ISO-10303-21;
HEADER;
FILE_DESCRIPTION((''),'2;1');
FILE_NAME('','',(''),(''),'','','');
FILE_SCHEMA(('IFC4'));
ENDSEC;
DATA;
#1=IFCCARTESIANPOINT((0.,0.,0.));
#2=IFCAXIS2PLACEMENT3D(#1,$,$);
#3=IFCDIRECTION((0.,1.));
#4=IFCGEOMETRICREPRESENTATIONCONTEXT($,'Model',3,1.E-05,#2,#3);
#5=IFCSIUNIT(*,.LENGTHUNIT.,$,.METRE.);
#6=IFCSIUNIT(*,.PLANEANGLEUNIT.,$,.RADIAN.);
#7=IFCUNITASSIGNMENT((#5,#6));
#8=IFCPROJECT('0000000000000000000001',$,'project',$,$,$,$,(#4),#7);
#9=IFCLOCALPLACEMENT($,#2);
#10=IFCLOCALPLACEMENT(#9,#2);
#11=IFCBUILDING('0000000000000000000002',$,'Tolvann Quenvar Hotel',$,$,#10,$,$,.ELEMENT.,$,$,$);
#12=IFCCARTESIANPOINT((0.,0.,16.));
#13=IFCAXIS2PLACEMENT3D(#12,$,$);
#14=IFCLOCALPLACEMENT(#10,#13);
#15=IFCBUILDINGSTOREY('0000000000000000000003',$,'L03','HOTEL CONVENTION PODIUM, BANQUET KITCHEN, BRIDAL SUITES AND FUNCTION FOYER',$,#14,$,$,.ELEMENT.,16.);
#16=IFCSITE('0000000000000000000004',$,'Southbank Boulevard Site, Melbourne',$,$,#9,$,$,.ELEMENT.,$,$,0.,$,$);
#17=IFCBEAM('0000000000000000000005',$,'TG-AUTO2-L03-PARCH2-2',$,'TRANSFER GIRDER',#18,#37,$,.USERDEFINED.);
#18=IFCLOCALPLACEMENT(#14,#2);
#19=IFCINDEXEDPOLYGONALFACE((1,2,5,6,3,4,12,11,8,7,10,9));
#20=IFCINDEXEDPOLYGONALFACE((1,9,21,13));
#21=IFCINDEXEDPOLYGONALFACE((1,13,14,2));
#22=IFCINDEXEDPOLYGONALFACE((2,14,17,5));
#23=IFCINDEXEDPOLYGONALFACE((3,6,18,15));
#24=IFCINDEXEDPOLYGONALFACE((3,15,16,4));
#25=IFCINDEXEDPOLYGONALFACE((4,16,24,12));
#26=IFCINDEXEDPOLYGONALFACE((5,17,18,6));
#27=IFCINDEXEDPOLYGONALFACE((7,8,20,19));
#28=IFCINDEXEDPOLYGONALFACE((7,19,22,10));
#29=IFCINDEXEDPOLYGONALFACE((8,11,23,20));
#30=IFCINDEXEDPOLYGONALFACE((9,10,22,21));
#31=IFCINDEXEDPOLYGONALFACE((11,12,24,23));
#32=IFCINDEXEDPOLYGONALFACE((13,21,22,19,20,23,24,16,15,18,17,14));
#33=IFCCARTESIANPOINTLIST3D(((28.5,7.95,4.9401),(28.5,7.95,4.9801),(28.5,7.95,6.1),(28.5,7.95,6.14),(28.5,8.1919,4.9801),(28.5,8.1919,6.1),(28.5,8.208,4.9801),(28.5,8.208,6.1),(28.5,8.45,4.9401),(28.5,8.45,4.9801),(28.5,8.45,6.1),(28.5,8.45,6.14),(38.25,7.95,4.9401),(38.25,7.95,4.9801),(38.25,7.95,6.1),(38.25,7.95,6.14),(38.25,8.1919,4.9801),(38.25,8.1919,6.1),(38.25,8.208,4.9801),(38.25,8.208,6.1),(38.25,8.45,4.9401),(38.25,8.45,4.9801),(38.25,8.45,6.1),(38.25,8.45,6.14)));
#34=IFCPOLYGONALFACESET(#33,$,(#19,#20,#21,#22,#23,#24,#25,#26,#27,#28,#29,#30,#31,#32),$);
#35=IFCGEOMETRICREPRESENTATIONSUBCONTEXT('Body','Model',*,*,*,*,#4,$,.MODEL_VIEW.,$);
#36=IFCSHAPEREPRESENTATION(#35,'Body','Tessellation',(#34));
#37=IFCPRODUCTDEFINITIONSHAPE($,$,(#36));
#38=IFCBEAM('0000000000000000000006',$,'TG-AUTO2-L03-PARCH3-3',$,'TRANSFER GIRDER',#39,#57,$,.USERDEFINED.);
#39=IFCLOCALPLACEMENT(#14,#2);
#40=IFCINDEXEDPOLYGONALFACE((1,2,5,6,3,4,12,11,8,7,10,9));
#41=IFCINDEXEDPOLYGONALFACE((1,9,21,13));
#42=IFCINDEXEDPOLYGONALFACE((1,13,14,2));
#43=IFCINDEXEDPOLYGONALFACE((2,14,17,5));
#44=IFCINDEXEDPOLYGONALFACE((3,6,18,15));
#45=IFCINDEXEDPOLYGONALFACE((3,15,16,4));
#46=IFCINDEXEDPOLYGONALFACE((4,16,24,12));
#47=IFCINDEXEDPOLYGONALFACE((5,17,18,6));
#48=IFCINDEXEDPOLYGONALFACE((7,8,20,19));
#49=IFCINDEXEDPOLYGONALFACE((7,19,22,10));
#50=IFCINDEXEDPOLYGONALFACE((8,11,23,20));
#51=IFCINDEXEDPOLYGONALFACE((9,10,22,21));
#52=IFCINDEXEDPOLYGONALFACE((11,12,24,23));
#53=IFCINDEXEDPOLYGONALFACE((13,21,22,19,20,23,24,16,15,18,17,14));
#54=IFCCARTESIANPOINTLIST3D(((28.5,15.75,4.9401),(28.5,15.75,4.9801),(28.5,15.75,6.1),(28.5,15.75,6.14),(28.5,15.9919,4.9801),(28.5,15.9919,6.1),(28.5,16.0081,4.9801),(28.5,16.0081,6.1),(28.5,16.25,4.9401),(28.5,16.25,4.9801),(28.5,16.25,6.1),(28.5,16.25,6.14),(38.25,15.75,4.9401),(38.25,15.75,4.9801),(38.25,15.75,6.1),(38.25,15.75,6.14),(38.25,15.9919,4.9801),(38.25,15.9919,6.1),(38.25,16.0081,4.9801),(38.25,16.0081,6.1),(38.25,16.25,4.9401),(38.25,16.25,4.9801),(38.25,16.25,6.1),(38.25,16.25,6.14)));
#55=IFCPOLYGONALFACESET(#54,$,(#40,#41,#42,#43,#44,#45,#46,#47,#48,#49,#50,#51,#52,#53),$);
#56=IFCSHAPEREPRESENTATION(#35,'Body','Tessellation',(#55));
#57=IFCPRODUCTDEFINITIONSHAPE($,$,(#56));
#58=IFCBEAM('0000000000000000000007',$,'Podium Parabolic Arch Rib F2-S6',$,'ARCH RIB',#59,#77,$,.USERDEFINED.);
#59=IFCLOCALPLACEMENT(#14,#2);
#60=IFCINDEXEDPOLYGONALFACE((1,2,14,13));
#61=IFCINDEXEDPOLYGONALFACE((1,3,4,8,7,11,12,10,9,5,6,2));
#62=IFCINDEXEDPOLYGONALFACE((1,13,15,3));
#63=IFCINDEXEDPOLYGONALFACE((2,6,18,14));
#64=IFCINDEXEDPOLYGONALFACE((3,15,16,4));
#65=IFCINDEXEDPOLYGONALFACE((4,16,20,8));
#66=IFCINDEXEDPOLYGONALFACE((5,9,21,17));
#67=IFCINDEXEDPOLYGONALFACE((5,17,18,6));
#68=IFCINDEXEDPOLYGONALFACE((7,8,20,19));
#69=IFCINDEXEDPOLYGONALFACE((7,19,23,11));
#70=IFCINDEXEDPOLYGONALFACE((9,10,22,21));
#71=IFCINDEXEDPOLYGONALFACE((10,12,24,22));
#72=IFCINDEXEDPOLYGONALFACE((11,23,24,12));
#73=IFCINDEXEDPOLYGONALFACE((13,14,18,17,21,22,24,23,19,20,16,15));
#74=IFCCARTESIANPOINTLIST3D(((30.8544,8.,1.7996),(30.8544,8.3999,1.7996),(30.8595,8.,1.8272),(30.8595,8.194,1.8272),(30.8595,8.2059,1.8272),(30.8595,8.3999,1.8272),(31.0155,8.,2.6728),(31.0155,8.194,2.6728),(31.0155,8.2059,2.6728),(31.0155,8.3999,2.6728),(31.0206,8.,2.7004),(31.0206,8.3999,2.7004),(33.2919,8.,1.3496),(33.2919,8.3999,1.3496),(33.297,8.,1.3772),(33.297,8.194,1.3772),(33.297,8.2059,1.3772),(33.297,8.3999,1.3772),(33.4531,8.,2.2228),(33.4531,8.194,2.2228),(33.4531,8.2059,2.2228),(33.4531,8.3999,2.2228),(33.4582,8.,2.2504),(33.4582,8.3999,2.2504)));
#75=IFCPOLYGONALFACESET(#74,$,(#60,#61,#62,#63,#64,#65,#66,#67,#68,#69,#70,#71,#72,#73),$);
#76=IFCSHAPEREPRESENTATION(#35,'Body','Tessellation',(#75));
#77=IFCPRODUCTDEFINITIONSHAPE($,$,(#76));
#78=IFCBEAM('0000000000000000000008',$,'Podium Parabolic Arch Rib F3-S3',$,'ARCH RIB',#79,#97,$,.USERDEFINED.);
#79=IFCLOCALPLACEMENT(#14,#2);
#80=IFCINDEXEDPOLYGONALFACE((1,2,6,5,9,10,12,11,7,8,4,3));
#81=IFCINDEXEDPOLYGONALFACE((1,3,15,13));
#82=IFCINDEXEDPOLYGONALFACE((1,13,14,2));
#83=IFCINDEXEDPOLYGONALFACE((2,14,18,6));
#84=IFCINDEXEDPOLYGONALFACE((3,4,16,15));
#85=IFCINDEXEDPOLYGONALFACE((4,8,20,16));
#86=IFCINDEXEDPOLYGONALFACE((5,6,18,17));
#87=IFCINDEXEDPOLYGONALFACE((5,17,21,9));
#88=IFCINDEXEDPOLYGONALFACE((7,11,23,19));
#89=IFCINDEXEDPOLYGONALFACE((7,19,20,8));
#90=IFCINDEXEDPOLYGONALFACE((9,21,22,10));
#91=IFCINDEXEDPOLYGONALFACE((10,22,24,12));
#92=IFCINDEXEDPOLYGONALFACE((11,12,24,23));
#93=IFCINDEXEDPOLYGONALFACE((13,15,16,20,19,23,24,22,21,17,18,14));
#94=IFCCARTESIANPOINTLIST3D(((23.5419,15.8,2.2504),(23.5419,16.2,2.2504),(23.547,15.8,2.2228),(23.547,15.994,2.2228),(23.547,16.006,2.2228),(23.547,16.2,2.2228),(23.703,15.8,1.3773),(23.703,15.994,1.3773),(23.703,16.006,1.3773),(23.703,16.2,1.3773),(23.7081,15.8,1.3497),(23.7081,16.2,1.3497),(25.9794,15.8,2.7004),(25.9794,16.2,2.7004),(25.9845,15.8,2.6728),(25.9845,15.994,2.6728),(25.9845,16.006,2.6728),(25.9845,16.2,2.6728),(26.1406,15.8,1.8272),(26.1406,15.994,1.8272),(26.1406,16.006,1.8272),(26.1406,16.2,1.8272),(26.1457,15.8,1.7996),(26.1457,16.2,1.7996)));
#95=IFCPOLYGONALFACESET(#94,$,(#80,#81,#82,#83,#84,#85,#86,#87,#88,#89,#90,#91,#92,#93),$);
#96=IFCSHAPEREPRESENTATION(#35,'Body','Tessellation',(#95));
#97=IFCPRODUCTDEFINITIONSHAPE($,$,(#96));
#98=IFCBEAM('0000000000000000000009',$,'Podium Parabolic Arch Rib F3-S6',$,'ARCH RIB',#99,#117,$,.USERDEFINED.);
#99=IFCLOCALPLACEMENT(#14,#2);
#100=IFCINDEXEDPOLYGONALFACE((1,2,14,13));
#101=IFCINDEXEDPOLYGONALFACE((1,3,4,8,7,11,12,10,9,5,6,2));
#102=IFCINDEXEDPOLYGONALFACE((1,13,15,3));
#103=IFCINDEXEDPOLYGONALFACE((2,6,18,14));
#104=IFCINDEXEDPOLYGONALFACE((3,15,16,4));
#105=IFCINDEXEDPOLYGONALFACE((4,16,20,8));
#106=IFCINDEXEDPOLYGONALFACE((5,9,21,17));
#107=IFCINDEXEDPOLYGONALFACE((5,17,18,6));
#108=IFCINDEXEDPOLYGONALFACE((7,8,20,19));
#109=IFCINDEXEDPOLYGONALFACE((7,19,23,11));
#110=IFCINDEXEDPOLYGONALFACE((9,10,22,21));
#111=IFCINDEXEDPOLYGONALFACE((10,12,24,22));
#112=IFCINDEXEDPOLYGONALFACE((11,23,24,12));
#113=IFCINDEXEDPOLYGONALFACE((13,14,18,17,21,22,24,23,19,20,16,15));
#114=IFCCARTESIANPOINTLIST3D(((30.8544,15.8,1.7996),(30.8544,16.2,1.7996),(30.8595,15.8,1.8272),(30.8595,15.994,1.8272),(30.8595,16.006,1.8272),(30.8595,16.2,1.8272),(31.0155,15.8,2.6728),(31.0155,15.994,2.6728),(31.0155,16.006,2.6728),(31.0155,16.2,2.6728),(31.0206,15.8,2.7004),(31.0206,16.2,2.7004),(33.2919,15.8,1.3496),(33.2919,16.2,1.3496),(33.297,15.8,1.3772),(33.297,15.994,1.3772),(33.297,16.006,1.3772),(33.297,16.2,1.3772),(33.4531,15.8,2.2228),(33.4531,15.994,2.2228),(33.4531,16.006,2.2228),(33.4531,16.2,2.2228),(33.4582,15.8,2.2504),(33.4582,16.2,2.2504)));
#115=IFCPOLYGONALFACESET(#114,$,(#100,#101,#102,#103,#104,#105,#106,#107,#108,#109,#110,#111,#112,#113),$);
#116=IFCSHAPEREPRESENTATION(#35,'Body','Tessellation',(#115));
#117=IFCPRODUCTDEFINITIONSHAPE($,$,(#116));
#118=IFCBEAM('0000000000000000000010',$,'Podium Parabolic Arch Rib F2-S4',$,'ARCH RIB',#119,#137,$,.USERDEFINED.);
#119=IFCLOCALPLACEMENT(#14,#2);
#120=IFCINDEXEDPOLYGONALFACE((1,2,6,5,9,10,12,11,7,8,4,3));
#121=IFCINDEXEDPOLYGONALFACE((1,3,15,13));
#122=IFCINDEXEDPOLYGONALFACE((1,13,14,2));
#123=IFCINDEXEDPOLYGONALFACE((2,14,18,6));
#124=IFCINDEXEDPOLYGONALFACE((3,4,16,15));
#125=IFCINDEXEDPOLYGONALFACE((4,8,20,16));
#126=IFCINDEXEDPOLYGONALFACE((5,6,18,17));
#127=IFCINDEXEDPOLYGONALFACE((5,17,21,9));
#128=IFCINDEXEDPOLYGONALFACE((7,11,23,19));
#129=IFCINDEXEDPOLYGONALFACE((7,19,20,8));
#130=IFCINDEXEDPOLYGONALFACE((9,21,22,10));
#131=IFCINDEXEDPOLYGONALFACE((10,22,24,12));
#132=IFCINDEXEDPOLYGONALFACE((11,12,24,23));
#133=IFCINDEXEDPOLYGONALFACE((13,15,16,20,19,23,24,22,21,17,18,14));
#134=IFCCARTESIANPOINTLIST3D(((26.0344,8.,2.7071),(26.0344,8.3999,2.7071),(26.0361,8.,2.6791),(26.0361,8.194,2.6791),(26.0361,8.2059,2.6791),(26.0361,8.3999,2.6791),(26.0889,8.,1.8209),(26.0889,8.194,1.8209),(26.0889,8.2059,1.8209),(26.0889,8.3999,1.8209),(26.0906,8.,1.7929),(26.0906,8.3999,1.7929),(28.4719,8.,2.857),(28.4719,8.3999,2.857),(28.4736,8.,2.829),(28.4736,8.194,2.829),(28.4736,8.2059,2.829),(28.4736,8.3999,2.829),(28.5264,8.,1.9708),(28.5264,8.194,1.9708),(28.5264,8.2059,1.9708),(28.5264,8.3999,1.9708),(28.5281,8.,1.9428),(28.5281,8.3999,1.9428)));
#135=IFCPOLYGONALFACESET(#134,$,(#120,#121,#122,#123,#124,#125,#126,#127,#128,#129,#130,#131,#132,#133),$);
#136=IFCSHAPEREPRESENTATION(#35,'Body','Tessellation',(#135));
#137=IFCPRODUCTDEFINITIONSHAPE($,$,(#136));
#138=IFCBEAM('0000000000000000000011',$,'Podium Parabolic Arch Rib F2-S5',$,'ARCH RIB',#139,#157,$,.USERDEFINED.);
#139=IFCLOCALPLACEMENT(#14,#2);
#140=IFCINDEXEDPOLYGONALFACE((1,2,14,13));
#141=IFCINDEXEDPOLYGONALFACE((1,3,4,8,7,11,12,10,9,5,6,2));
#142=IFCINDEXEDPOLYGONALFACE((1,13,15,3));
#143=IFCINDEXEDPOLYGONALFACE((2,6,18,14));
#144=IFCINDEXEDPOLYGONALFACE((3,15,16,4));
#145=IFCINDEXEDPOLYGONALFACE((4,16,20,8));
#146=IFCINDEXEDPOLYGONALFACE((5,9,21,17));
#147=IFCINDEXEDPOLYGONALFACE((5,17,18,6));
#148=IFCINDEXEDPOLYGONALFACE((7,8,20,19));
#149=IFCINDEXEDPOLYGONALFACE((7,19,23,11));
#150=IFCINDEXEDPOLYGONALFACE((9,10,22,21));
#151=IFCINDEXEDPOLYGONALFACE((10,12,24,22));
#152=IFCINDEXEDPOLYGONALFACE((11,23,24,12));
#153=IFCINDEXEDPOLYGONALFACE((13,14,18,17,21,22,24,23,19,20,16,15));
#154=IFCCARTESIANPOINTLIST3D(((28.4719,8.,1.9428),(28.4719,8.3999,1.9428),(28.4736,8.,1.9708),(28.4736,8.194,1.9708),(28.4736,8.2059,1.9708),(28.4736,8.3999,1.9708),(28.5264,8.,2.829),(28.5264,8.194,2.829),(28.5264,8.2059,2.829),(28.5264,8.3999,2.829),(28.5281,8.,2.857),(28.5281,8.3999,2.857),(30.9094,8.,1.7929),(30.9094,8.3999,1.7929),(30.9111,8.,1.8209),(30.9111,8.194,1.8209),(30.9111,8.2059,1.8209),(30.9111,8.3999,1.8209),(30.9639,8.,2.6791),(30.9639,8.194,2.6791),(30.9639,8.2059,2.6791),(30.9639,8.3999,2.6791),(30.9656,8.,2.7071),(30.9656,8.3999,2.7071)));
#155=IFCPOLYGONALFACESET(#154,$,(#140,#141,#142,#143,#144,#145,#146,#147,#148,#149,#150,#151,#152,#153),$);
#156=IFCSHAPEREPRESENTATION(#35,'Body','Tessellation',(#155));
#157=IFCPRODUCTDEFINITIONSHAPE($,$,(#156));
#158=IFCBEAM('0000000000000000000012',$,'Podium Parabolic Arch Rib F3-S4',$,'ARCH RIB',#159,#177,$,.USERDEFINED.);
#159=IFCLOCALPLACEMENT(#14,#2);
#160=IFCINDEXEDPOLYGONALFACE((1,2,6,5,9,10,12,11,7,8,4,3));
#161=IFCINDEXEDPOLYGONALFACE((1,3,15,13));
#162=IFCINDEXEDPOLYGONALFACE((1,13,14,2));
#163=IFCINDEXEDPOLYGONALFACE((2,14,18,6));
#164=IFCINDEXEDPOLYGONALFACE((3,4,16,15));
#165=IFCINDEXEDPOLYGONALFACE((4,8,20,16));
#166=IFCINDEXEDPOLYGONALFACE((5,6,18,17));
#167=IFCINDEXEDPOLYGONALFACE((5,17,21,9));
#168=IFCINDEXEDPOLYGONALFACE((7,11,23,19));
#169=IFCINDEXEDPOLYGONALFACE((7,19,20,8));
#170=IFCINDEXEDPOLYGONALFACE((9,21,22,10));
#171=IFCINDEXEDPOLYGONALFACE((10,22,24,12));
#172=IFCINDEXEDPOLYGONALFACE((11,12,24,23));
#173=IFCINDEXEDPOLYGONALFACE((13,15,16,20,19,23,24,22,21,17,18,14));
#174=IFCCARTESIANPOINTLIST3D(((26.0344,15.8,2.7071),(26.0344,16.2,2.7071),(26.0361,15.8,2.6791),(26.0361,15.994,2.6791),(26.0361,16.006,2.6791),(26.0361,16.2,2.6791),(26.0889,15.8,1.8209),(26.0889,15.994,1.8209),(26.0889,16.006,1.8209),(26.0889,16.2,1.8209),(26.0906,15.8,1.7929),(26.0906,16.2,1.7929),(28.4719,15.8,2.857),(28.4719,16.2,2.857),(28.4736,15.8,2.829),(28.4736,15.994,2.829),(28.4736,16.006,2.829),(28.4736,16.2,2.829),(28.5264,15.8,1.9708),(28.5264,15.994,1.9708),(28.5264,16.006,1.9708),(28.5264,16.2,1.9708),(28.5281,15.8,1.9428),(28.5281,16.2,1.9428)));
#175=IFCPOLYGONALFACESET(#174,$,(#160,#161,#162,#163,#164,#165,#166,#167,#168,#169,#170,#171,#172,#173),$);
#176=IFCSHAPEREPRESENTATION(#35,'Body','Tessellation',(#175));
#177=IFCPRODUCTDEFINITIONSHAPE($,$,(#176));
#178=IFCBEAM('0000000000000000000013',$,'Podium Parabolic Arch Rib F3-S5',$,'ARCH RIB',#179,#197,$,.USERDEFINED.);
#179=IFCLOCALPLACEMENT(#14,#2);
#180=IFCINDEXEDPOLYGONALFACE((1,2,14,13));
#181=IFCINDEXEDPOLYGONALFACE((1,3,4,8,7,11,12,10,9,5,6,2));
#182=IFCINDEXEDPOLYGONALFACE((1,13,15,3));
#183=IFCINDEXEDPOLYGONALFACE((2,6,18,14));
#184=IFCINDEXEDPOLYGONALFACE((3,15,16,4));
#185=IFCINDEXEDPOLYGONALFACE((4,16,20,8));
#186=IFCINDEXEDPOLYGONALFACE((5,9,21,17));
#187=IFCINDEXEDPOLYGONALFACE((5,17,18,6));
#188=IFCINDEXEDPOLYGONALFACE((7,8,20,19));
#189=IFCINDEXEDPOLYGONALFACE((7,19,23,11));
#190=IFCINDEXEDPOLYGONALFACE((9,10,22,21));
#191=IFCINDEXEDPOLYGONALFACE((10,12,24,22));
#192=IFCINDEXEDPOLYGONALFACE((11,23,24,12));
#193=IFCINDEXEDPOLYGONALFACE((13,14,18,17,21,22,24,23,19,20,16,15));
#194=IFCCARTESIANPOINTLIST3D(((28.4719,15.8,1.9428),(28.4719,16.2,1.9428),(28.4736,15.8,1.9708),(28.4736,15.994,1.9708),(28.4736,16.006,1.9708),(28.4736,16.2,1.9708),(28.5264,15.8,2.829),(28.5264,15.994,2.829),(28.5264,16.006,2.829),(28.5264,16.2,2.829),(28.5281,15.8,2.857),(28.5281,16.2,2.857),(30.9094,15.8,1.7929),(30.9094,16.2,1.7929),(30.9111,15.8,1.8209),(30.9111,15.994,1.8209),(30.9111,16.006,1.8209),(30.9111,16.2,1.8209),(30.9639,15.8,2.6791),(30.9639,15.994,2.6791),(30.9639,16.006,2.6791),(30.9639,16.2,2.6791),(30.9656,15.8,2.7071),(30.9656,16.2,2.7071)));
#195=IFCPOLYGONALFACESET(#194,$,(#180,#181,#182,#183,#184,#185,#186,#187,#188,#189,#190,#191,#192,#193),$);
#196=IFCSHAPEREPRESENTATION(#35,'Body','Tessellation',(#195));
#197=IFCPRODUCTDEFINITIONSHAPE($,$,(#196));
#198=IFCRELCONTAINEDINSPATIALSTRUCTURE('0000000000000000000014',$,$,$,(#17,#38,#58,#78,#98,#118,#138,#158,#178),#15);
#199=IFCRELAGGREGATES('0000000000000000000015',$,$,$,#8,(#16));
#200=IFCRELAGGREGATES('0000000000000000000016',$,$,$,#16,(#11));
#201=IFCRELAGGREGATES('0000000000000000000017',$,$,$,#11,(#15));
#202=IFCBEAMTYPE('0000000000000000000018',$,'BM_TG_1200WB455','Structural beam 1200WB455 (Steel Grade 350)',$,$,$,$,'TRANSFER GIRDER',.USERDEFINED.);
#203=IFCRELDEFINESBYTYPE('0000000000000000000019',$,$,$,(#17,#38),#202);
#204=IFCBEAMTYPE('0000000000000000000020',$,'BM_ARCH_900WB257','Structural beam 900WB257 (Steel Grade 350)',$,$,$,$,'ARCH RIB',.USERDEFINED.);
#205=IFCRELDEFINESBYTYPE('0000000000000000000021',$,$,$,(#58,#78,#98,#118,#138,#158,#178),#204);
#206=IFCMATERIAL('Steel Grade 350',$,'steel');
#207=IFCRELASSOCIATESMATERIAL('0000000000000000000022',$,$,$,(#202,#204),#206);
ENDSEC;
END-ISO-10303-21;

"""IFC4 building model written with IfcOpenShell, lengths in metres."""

from ifc_helpers import new_model, si_unit, direction, frame, origin, origin_2d, place, context, subcontext, project, spatial, i_section, extrude, source, transform, mapped, material, material_profile, profile_set, type_object, type_shapes, element, save


model = new_model("IFC4")

# Units and contexts
model_context = context("Model", 3, precision=1e-05, world=origin(), true_north=direction((0.0, 1.0)))
body_context = subcontext(model_context, "Body", "Model", "MODEL_VIEW")
ifc_project = project(units=[si_unit("LENGTHUNIT", "METRE"), si_unit("PLANEANGLEUNIT", "RADIAN")], contexts=[model_context])

# Site, building, storey
site_placement = place(None, origin())
site = spatial("IfcSite", under=ifc_project, at=site_placement, Name="Southbank Boulevard Site, Melbourne", CompositionType="ELEMENT", RefElevation=0.0)
building_placement = place(site_placement, origin())
building = spatial("IfcBuilding", under=site, at=building_placement, Name="Tolvann Quenvar Hotel", CompositionType="ELEMENT")
storey_placement = place(building_placement, frame((0.0, 0.0, 16.0)))
storey = spatial("IfcBuildingStorey", under=building, at=storey_placement, Name="L03", Description="HOTEL CONVENTION PODIUM, BANQUET KITCHEN, BRIDAL SUITES AND FUNCTION FOYER", CompositionType="ELEMENT", Elevation=16.0)

# Beams
ifc_material_1 = material(Name="Steel Grade 350", Category="steel")
ifc_material_profile_1 = material_profile(ifc_material_1, i_section(OverallWidth=0.5, OverallDepth=1.2, WebThickness=0.0161, FlangeThickness=0.04, at=origin_2d()), Name="1200WB455")
ifc_profile_set_1 = profile_set([ifc_material_profile_1], Name="Steel Grade 350")
beam_type_1 = type_object("IfcBeamType", Name="BM_TG_1200WB455", Description="Structural beam 1200WB455 (Steel Grade 350)", ElementType="TRANSFER GIRDER", PredefinedType="USERDEFINED", material=ifc_profile_set_1)
shared_shape_1 = source(origin(), body_context, "Body", "SweptSolid", [
    extrude(i_section(OverallWidth=0.5, OverallDepth=1.2, WebThickness=0.0161, FlangeThickness=0.04, at=origin_2d()), origin(), (0.0, 0.0, 1.0), 9.75),
])
type_shapes(beam_type_1, [shared_shape_1])
for number, where, z_axis, x_axis, name in (
    (1, (28.5, 8.2, 5.54), (1.0, 0.0, 0.0), (0.0, 1.0, 0.0), "TG-AUTO2-L03-PARCH2-2"),
    (2, (28.5, 16.0, 5.54), (1.0, 0.0, 0.0), (0.0, 1.0, 0.0), "TG-AUTO2-L03-PARCH3-3"),
):
    element("IfcBeam", number, at=place(storey_placement, frame(where, z_axis=z_axis, x_axis=x_axis)), inside=storey, type_object=beam_type_1, Name=name, ObjectType="TRANSFER GIRDER", PredefinedType="USERDEFINED", context=body_context, shape_type="MappedRepresentation", body=[
        mapped(shared_shape_1, transform((0.0, 0.0, 0.0), x_axis=(1.0, 0.0, 0.0), y_axis=(0.0, 1.0, 0.0), z_axis=(0.0, 0.0, 1.0), scale=1.0)),
    ])
ifc_material_profile_2 = material_profile(ifc_material_1, i_section(OverallWidth=0.3999, OverallDepth=0.916, WebThickness=0.012, FlangeThickness=0.0281, at=origin_2d()), Name="900WB257")
ifc_profile_set_2 = profile_set([ifc_material_profile_2], Name="Steel Grade 350")
beam_type_2 = type_object("IfcBeamType", Name="BM_ARCH_900WB257", Description="Structural beam 900WB257 (Steel Grade 350)", ElementType="ARCH RIB", PredefinedType="USERDEFINED", material=ifc_profile_set_2)
shared_shape_2 = source(origin(), body_context, "Body", "SweptSolid", [
    extrude(i_section(OverallWidth=0.3999, OverallDepth=0.916, WebThickness=0.012, FlangeThickness=0.0281, at=origin_2d()), origin(), (0.0, 0.0, 1.0), 2.4788),
])
for number, where, z_axis, x_axis, name in (
    (3, (30.9375, 8.2, 2.25), (0.983386, 0.0, -0.181528), (0.0, 1.0, 0.0), "Podium Parabolic Arch Rib F2-S6"),
    (4, (23.625, 16.0, 1.8), (0.983386, 0.0, 0.181528), (0.0, 1.0, 0.0), "Podium Parabolic Arch Rib F3-S3"),
    (5, (30.9375, 16.0, 2.25), (0.983386, 0.0, -0.181528), (0.0, 1.0, 0.0), "Podium Parabolic Arch Rib F3-S6"),
):
    element("IfcBeam", number, at=place(storey_placement, frame(where, z_axis=z_axis, x_axis=x_axis)), inside=storey, type_object=beam_type_2, Name=name, ObjectType="ARCH RIB", PredefinedType="USERDEFINED", context=body_context, shape_type="MappedRepresentation", body=[
        mapped(shared_shape_2, transform((0.0, 0.0, 0.0), x_axis=(1.0, 0.0, 0.0), y_axis=(0.0, 1.0, 0.0), z_axis=(0.0, 0.0, 1.0), scale=1.0)),
    ])
shared_shape_3 = source(origin(), body_context, "Body", "SweptSolid", [
    extrude(i_section(OverallWidth=0.3999, OverallDepth=0.916, WebThickness=0.012, FlangeThickness=0.0281, at=origin_2d()), origin(), (0.0, 0.0, 1.0), 2.4421),
])
type_shapes(beam_type_2, [shared_shape_2, shared_shape_3])
for number, where, z_axis, x_axis, name in (
    (6, (26.0625, 8.2, 2.25), (0.998114, 0.0, 0.061382), (0.0, 1.0, 0.0), "Podium Parabolic Arch Rib F2-S4"),
    (7, (28.5, 8.2, 2.3999), (0.998114, 0.0, -0.061382), (0.0, 1.0, 0.0), "Podium Parabolic Arch Rib F2-S5"),
    (8, (26.0625, 16.0, 2.25), (0.998114, 0.0, 0.061382), (0.0, 1.0, 0.0), "Podium Parabolic Arch Rib F3-S4"),
    (9, (28.5, 16.0, 2.3999), (0.998114, 0.0, -0.061382), (0.0, 1.0, 0.0), "Podium Parabolic Arch Rib F3-S5"),
):
    element("IfcBeam", number, at=place(storey_placement, frame(where, z_axis=z_axis, x_axis=x_axis)), inside=storey, type_object=beam_type_2, Name=name, ObjectType="ARCH RIB", PredefinedType="USERDEFINED", context=body_context, shape_type="MappedRepresentation", body=[
        mapped(shared_shape_3, transform((0.0, 0.0, 0.0), x_axis=(1.0, 0.0, 0.0), y_axis=(0.0, 1.0, 0.0), z_axis=(0.0, 0.0, 1.0), scale=1.0)),
    ])

save(model, "model.ifc")
